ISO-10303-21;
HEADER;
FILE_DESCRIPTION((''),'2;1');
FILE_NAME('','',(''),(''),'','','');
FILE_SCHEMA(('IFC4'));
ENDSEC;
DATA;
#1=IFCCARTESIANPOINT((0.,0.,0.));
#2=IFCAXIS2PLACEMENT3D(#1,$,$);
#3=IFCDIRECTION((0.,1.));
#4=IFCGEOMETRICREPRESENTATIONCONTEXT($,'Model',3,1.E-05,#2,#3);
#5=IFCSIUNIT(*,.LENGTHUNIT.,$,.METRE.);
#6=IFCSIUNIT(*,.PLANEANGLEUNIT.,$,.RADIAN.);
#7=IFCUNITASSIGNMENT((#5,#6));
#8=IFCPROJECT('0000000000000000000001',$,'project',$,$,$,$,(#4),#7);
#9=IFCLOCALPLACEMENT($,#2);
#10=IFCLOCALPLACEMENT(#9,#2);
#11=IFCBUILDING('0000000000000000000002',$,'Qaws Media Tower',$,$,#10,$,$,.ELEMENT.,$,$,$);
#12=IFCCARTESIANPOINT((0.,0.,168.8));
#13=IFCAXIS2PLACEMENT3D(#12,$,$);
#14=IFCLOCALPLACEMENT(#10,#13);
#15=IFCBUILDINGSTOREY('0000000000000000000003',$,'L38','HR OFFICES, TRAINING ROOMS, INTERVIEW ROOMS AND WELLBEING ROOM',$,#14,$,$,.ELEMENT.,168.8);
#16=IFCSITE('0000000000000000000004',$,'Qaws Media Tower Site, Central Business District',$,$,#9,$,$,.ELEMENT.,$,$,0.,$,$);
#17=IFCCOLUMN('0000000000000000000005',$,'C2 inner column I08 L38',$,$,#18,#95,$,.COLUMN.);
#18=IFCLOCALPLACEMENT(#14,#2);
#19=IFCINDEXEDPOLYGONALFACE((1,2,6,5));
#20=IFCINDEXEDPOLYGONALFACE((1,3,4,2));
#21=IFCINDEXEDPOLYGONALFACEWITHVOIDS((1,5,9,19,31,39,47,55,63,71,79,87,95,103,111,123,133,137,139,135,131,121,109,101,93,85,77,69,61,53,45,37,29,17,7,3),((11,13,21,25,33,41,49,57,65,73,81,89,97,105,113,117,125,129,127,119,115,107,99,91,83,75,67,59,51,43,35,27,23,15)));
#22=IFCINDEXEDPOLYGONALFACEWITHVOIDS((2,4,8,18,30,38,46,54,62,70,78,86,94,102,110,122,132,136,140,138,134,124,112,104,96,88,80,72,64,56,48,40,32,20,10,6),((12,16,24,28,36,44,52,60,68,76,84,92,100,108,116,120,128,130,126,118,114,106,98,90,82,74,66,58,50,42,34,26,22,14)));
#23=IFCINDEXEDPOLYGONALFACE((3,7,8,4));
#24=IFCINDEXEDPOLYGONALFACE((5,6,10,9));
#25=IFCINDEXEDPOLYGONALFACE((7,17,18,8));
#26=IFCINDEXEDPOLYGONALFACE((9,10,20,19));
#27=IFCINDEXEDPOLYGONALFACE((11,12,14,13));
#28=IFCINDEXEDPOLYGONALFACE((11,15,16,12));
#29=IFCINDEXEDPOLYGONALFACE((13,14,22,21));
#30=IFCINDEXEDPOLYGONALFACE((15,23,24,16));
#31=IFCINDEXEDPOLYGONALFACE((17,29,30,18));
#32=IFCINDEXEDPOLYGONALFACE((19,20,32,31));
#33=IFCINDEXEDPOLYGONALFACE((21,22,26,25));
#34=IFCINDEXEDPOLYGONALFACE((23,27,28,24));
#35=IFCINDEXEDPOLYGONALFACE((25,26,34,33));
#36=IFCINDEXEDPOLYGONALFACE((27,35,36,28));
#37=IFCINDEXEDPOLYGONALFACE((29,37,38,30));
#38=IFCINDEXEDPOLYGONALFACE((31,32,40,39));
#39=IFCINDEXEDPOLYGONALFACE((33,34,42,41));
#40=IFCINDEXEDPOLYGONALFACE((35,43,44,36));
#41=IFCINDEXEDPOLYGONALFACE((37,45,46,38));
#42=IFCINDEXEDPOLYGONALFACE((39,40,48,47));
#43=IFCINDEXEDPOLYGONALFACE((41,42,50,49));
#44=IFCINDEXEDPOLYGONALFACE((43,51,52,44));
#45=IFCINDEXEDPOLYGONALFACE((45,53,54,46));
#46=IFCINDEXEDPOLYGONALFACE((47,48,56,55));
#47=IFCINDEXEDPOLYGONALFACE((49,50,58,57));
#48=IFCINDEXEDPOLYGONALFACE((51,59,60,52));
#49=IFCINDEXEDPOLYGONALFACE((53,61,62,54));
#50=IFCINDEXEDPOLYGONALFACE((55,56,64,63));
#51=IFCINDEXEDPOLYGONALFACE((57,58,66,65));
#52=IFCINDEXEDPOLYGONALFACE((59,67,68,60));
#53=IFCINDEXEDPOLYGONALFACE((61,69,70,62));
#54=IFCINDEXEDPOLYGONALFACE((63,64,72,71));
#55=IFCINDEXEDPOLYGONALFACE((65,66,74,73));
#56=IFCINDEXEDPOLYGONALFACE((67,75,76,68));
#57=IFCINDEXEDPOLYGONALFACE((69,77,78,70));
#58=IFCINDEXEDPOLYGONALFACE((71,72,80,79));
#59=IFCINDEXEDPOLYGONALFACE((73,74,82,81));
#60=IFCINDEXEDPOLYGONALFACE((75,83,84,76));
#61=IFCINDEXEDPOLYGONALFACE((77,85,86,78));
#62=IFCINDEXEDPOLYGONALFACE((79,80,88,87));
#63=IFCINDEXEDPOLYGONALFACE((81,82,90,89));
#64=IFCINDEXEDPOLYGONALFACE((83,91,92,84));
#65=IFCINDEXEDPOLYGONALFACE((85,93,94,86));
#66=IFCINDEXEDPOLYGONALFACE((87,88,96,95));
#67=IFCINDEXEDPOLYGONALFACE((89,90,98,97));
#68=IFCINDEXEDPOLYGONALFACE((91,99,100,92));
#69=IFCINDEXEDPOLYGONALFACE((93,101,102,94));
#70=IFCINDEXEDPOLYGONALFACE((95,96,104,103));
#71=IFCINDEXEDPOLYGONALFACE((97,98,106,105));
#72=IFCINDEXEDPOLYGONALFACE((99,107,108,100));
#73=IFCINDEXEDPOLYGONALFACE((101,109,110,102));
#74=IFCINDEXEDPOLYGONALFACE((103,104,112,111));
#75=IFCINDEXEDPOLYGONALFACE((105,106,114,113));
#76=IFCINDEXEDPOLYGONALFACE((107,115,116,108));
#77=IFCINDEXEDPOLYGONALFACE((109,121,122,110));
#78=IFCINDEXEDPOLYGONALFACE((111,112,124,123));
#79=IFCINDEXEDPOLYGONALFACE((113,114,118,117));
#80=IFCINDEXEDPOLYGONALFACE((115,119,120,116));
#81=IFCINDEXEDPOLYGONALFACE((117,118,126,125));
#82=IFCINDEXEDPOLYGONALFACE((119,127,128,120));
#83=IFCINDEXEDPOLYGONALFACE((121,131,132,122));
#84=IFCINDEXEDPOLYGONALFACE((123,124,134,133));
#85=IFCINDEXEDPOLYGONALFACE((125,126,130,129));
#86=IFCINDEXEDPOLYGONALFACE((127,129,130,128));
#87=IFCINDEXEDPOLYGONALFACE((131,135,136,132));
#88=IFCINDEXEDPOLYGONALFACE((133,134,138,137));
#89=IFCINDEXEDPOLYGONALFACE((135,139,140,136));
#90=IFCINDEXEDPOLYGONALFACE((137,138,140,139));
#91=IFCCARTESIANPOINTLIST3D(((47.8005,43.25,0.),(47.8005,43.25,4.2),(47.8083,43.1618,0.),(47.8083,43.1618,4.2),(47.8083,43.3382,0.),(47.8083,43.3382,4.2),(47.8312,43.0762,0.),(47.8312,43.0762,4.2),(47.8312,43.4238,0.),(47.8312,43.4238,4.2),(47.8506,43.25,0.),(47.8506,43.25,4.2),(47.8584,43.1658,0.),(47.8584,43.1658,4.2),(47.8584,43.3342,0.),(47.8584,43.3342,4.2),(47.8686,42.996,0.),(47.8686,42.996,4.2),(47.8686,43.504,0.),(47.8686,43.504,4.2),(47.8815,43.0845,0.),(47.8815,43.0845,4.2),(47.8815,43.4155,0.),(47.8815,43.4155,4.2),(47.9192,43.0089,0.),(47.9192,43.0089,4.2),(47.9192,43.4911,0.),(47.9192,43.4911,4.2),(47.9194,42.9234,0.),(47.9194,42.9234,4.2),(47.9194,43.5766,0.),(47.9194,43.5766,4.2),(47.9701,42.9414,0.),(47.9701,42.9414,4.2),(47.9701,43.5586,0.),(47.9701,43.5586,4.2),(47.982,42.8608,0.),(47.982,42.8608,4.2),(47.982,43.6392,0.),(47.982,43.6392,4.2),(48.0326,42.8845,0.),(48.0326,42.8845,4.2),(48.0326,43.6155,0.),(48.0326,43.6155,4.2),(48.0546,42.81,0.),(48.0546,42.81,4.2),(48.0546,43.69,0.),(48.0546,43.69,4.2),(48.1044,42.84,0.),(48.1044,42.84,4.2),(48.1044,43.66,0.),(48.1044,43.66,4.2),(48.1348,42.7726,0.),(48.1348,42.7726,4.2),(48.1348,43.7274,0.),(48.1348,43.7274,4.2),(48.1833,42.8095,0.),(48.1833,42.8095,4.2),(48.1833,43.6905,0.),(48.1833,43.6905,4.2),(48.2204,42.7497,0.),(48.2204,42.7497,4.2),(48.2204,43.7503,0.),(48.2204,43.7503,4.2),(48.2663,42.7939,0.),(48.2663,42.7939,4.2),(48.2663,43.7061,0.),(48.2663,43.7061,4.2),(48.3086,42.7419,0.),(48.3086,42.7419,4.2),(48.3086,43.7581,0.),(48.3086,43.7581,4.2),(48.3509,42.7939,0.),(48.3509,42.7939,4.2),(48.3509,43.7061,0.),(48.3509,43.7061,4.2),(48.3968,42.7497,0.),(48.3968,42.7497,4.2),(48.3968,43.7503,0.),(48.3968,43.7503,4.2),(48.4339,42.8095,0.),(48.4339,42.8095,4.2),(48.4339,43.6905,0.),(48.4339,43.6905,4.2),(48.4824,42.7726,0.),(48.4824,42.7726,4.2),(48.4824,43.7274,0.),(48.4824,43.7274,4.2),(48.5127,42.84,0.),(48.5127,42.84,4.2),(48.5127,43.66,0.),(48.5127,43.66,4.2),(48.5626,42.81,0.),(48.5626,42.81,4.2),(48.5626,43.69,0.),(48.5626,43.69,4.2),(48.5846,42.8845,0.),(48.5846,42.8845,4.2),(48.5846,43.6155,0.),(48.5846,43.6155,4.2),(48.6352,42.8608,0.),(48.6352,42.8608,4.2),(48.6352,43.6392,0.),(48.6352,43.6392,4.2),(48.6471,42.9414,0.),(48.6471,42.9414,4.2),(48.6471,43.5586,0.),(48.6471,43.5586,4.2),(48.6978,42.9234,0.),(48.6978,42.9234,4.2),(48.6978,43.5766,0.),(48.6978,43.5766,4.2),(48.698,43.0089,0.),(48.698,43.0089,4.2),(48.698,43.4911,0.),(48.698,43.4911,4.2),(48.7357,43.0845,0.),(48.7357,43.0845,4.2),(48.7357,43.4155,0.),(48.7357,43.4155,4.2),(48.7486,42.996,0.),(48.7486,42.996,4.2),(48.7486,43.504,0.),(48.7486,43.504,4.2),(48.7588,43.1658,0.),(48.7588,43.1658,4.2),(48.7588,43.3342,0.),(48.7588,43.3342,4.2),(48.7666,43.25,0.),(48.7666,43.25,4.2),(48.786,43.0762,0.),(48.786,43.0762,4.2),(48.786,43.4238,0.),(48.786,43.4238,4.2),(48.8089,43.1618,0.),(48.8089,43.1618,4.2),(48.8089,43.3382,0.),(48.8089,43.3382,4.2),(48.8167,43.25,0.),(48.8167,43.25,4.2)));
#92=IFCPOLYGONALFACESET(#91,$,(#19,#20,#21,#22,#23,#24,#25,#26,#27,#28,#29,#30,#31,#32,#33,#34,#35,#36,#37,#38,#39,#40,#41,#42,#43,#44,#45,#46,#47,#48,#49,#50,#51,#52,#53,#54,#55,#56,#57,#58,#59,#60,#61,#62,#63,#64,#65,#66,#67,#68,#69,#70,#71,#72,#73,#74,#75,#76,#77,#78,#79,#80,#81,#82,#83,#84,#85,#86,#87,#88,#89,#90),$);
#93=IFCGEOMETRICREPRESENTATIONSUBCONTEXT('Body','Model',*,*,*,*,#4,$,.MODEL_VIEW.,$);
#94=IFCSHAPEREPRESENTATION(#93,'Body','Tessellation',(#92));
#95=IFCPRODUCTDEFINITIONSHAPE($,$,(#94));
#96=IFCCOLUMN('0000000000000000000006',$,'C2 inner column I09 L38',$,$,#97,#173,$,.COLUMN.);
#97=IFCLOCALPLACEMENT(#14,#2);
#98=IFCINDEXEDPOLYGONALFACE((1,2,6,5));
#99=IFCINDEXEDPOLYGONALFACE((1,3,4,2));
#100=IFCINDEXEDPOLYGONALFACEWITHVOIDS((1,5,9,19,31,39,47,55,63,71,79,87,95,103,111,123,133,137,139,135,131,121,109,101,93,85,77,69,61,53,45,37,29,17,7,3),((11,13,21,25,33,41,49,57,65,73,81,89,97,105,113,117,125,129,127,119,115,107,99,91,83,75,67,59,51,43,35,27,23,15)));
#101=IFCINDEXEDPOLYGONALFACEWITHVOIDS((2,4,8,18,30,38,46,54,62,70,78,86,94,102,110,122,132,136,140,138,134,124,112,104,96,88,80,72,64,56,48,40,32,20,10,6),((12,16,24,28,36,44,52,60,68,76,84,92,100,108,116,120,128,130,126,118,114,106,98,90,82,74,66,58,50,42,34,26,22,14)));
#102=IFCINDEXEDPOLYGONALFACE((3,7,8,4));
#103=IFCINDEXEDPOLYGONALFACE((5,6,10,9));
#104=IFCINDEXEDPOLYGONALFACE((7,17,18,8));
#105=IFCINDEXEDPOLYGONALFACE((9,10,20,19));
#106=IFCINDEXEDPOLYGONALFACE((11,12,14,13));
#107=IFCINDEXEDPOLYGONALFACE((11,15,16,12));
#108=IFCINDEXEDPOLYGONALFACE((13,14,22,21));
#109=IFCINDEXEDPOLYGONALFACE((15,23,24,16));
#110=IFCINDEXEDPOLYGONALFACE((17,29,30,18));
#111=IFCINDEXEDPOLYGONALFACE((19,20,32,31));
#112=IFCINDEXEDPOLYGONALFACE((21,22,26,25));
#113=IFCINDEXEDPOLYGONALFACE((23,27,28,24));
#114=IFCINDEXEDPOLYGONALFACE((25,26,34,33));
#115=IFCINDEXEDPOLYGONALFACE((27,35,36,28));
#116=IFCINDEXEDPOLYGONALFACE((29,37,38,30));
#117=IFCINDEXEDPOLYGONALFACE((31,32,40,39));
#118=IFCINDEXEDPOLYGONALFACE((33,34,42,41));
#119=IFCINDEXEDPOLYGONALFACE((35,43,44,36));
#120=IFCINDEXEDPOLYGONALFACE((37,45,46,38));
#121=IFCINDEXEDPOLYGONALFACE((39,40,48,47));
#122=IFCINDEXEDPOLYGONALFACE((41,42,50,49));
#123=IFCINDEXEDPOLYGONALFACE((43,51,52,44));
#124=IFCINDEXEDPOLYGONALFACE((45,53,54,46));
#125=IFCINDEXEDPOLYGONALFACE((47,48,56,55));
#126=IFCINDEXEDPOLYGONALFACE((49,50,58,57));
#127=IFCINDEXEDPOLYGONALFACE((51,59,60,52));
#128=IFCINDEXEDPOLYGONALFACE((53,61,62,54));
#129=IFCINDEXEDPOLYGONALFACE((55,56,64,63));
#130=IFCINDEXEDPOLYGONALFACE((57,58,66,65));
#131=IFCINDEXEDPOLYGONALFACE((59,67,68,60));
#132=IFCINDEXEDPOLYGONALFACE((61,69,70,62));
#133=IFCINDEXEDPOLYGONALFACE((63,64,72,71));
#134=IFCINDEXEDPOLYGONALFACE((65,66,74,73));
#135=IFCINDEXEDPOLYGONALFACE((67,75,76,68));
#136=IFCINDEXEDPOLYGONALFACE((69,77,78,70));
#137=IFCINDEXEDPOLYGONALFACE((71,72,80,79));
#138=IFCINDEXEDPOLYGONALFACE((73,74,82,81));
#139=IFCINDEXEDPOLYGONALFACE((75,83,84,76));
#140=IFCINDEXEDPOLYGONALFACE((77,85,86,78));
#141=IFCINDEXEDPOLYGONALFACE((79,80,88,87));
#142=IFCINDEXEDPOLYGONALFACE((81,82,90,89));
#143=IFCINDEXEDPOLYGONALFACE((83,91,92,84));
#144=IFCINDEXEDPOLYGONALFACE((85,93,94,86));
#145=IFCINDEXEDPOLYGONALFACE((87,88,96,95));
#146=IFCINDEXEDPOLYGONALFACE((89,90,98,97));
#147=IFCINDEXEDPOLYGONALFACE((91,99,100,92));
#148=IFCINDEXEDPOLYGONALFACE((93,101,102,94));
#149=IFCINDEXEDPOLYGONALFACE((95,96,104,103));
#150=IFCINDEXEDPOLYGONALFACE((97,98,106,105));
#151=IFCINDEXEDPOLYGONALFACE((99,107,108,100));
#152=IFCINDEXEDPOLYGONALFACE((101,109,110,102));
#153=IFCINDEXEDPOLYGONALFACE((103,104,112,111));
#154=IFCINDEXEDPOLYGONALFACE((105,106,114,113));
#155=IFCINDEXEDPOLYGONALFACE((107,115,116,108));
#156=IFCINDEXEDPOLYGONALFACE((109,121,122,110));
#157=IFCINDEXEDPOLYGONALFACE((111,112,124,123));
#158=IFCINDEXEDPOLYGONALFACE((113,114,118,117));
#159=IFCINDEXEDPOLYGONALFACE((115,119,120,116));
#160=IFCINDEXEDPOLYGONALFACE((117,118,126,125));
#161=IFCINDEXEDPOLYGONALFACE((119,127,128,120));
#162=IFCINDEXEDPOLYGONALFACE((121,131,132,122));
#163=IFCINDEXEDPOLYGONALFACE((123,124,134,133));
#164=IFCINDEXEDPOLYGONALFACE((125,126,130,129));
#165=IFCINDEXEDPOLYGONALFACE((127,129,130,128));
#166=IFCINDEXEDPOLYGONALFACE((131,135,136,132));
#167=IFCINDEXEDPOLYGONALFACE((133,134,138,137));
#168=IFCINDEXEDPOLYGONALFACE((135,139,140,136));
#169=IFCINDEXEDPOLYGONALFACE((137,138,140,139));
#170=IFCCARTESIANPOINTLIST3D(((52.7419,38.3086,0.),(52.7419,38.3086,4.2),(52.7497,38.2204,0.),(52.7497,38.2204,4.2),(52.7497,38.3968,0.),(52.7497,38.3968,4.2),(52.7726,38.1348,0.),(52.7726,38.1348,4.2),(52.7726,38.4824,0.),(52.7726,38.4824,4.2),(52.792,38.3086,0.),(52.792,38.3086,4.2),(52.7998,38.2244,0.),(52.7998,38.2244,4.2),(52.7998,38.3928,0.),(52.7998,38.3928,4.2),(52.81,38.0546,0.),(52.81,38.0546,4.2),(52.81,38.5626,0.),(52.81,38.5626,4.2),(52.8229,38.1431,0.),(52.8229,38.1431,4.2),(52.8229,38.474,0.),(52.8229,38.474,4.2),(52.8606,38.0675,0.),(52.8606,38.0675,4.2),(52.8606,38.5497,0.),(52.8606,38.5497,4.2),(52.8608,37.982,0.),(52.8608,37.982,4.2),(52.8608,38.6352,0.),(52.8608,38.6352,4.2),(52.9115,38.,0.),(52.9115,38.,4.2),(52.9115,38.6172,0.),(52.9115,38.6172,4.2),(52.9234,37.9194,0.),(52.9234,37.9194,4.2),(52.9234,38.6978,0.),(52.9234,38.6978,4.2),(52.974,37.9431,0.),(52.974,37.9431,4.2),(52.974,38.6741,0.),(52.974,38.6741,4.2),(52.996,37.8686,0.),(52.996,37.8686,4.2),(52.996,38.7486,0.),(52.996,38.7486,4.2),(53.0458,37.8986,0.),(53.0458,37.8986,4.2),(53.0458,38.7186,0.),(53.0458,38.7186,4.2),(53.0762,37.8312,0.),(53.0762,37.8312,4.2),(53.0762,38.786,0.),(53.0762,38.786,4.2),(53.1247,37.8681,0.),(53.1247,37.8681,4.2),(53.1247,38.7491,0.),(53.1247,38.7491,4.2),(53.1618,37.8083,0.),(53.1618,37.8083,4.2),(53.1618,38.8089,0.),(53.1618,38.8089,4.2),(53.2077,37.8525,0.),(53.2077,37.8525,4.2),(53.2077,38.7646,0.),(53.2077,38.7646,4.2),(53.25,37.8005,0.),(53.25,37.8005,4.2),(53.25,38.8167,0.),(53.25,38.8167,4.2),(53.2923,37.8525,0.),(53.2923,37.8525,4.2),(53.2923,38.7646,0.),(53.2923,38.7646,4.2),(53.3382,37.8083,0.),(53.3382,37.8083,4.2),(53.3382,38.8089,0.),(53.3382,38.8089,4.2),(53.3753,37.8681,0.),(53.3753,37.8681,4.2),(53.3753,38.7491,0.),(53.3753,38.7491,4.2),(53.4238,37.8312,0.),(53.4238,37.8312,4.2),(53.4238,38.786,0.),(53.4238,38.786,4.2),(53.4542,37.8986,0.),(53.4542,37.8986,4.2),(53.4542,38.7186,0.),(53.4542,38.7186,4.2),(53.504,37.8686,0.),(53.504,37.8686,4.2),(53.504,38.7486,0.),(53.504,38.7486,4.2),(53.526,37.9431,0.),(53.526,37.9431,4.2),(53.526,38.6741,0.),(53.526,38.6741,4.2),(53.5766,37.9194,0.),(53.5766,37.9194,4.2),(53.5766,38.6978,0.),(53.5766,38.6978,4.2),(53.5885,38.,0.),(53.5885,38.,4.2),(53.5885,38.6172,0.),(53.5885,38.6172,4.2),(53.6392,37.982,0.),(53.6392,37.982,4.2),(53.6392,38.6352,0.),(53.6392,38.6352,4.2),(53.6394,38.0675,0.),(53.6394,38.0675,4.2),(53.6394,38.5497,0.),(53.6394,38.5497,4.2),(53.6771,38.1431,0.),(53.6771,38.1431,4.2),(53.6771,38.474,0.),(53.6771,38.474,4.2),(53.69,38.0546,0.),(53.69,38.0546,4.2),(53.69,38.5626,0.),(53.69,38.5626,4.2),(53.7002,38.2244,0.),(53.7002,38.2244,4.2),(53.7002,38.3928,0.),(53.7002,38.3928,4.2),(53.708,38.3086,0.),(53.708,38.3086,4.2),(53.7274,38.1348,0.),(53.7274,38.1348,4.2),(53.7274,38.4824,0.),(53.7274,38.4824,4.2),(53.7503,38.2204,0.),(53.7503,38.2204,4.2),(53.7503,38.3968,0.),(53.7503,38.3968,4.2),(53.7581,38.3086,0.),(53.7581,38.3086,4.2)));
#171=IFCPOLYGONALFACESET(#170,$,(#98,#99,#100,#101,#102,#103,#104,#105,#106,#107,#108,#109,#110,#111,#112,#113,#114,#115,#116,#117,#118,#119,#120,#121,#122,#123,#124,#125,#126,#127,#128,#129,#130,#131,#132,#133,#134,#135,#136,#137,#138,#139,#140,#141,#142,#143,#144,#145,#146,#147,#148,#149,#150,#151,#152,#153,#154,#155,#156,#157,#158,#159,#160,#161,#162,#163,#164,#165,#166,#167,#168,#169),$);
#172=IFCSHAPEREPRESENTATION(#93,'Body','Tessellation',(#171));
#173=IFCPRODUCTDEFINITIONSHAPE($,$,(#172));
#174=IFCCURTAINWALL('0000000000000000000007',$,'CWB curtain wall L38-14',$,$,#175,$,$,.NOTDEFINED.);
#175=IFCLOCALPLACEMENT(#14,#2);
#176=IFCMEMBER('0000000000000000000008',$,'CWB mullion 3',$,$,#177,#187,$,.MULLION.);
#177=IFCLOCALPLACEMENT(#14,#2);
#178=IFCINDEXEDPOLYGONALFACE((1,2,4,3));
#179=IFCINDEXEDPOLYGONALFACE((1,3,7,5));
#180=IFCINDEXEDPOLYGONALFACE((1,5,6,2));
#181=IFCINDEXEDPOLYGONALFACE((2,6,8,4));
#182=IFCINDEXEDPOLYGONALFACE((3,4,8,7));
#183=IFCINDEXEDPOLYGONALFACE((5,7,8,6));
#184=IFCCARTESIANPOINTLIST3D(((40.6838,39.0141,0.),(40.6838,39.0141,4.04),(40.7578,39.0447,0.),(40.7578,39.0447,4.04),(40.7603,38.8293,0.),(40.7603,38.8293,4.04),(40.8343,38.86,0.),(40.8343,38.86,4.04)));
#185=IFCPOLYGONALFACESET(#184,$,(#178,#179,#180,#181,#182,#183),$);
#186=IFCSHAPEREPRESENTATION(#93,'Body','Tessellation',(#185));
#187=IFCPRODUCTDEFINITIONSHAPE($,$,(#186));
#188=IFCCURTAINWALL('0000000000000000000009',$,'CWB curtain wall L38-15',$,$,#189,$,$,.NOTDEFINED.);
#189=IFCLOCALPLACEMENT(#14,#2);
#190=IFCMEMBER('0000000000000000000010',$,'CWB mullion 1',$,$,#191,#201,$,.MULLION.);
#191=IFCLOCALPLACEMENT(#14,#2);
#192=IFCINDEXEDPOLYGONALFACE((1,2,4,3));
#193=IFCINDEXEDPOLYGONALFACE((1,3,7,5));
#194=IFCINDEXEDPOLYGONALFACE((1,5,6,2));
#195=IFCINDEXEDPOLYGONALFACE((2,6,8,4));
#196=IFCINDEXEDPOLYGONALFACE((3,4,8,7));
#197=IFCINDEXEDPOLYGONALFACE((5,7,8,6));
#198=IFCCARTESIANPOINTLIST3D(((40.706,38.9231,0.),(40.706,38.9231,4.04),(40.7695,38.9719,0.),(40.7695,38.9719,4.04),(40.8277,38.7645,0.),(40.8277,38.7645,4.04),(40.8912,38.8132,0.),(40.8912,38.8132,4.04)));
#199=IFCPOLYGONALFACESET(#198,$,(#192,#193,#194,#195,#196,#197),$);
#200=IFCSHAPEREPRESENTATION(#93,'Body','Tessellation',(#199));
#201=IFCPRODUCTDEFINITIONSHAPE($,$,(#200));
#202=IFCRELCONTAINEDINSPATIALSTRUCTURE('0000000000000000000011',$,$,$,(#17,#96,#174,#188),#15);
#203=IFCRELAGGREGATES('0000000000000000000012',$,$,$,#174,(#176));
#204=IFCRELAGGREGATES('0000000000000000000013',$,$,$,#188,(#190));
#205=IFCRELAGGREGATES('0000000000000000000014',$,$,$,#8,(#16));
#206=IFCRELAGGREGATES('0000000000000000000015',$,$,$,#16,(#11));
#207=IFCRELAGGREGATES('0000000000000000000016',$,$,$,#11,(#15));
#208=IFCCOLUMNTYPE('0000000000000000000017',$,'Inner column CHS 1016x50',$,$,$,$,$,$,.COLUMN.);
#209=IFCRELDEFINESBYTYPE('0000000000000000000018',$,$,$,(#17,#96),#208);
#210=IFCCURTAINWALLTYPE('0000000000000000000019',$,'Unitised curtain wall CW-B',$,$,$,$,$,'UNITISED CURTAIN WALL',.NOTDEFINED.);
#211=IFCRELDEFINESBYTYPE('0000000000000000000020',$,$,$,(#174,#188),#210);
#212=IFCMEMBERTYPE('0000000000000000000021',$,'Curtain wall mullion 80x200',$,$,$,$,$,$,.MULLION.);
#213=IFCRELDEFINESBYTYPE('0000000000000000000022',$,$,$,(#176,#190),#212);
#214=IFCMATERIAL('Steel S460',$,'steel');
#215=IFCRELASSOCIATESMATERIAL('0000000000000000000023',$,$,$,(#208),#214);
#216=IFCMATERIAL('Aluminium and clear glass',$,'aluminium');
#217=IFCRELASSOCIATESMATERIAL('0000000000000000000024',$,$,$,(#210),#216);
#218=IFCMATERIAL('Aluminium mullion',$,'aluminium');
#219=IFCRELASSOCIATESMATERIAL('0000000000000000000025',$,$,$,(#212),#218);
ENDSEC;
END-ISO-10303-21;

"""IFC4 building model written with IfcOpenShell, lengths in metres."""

from ifc_helpers import new_model, si_unit, direction, frame, origin, origin_2d, place, context, subcontext, project, spatial, rectangle, hollow_circle, extrude, material, material_profile, profile_set, type_object, element, aggregate, save


model = new_model("IFC4")

# Units and contexts
model_context = context("Model", 3, precision=1e-05, world=origin(), true_north=direction((0.0, 1.0)))
body_context = subcontext(model_context, "Body", "Model", "MODEL_VIEW")
ifc_project = project(units=[si_unit("LENGTHUNIT", "METRE"), si_unit("PLANEANGLEUNIT", "RADIAN")], contexts=[model_context])

# Site, building, storey
site_placement = place(None, origin())
site = spatial("IfcSite", under=ifc_project, at=site_placement, Name="Qaws Media Tower Site, Central Business District", CompositionType="ELEMENT", RefElevation=0.0)
building_placement = place(site_placement, origin())
building = spatial("IfcBuilding", under=site, at=building_placement, Name="Qaws Media Tower", CompositionType="ELEMENT")
storey_placement = place(building_placement, frame((0.0, 0.0, 168.8)))
storey = spatial("IfcBuildingStorey", under=building, at=storey_placement, Name="L38", Description="HR OFFICES, TRAINING ROOMS, INTERVIEW ROOMS AND WELLBEING ROOM", CompositionType="ELEMENT", Elevation=168.8)

# Columns
ifc_material_1 = material(Name="Steel S460", Category="steel")
ifc_material_profile_1 = material_profile(ifc_material_1, hollow_circle(Radius=0.5081, WallThickness=0.05, at=origin_2d()), Name="CHS 1016x50")
ifc_profile_set_1 = profile_set([ifc_material_profile_1], Name="Steel S460")
column_type = type_object("IfcColumnType", Name="Inner column CHS 1016x50", PredefinedType="COLUMN", material=ifc_profile_set_1)
for number, where, z_axis, x_axis, name in (
    (1, (48.3086, 43.25, 0.0), (0.0, 0.0, 1.0), (1.0, 0.0, 0.0), "C2 inner column I08 L38"),
    (2, (53.25, 38.3086, 0.0), (0.0, 0.0, 1.0), (1.0, 0.0, 0.0), "C2 inner column I09 L38"),
):
    element("IfcColumn", number, at=place(storey_placement, frame(where, z_axis=z_axis, x_axis=x_axis)), inside=storey, type_object=column_type, Name=name, PredefinedType="COLUMN", context=body_context, shape_type="SweptSolid", body=[
        extrude(hollow_circle(Radius=0.5081, WallThickness=0.05, at=origin_2d()), origin(), (0.0, 0.0, 1.0), 4.2),
    ])

# Curtain wall, member
ifc_material_2 = material(Name="Aluminium and clear glass", Category="aluminium")
curtain_wall_type = type_object("IfcCurtainWallType", Name="Unitised curtain wall CW-B", ElementType="UNITISED CURTAIN WALL", PredefinedType="NOTDEFINED", material=ifc_material_2)
curtain_wall_1_placement = place(storey_placement, origin())
curtain_wall_1 = element("IfcCurtainWall", 3, at=curtain_wall_1_placement, inside=storey, type_object=curtain_wall_type, Name="CWB curtain wall L38-14", PredefinedType="NOTDEFINED")
ifc_material_3 = material(Name="Aluminium mullion", Category="aluminium")
ifc_material_profile_2 = material_profile(ifc_material_3, rectangle(XDim=0.0801, YDim=0.2, at=origin_2d()), Name="80x200")
ifc_profile_set_2 = profile_set([ifc_material_profile_2], Name="Aluminium mullion")
member_type_1 = type_object("IfcMemberType", Name="Curtain wall mullion 80x200", PredefinedType="MULLION", material=ifc_profile_set_2)
member_1_placement = place(storey_placement, frame((40.759, 38.937, 0.0), z_axis=(0.0, 0.0, 1.0), x_axis=(0.92388, 0.382683, 0.0)))
member_1 = element("IfcMember", 4, at=member_1_placement, type_object=member_type_1, Name="CWB mullion 3", PredefinedType="MULLION", context=body_context, shape_type="SweptSolid", body=[
    extrude(rectangle(XDim=0.0801, YDim=0.2, at=origin_2d()), origin(), (0.0, 0.0, 1.0), 4.04),
])
aggregate(curtain_wall_1, [member_1])

# Curtain wall, member
curtain_wall_2_placement = place(storey_placement, origin())
curtain_wall_2 = element("IfcCurtainWall", 5, at=curtain_wall_2_placement, inside=storey, type_object=curtain_wall_type, Name="CWB curtain wall L38-15", PredefinedType="NOTDEFINED")
member_2_placement = place(storey_placement, frame((40.7986, 38.8682, 0.0), z_axis=(0.0, 0.0, 1.0), x_axis=(0.793353, 0.608761, 0.0)))
member_2 = element("IfcMember", 6, at=member_2_placement, type_object=member_type_1, Name="CWB mullion 1", PredefinedType="MULLION", context=body_context, shape_type="SweptSolid", body=[
    extrude(rectangle(XDim=0.0801, YDim=0.2, at=origin_2d()), origin(), (0.0, 0.0, 1.0), 4.04),
])

aggregate(curtain_wall_2, [member_2])

save(model, "model.ifc")
